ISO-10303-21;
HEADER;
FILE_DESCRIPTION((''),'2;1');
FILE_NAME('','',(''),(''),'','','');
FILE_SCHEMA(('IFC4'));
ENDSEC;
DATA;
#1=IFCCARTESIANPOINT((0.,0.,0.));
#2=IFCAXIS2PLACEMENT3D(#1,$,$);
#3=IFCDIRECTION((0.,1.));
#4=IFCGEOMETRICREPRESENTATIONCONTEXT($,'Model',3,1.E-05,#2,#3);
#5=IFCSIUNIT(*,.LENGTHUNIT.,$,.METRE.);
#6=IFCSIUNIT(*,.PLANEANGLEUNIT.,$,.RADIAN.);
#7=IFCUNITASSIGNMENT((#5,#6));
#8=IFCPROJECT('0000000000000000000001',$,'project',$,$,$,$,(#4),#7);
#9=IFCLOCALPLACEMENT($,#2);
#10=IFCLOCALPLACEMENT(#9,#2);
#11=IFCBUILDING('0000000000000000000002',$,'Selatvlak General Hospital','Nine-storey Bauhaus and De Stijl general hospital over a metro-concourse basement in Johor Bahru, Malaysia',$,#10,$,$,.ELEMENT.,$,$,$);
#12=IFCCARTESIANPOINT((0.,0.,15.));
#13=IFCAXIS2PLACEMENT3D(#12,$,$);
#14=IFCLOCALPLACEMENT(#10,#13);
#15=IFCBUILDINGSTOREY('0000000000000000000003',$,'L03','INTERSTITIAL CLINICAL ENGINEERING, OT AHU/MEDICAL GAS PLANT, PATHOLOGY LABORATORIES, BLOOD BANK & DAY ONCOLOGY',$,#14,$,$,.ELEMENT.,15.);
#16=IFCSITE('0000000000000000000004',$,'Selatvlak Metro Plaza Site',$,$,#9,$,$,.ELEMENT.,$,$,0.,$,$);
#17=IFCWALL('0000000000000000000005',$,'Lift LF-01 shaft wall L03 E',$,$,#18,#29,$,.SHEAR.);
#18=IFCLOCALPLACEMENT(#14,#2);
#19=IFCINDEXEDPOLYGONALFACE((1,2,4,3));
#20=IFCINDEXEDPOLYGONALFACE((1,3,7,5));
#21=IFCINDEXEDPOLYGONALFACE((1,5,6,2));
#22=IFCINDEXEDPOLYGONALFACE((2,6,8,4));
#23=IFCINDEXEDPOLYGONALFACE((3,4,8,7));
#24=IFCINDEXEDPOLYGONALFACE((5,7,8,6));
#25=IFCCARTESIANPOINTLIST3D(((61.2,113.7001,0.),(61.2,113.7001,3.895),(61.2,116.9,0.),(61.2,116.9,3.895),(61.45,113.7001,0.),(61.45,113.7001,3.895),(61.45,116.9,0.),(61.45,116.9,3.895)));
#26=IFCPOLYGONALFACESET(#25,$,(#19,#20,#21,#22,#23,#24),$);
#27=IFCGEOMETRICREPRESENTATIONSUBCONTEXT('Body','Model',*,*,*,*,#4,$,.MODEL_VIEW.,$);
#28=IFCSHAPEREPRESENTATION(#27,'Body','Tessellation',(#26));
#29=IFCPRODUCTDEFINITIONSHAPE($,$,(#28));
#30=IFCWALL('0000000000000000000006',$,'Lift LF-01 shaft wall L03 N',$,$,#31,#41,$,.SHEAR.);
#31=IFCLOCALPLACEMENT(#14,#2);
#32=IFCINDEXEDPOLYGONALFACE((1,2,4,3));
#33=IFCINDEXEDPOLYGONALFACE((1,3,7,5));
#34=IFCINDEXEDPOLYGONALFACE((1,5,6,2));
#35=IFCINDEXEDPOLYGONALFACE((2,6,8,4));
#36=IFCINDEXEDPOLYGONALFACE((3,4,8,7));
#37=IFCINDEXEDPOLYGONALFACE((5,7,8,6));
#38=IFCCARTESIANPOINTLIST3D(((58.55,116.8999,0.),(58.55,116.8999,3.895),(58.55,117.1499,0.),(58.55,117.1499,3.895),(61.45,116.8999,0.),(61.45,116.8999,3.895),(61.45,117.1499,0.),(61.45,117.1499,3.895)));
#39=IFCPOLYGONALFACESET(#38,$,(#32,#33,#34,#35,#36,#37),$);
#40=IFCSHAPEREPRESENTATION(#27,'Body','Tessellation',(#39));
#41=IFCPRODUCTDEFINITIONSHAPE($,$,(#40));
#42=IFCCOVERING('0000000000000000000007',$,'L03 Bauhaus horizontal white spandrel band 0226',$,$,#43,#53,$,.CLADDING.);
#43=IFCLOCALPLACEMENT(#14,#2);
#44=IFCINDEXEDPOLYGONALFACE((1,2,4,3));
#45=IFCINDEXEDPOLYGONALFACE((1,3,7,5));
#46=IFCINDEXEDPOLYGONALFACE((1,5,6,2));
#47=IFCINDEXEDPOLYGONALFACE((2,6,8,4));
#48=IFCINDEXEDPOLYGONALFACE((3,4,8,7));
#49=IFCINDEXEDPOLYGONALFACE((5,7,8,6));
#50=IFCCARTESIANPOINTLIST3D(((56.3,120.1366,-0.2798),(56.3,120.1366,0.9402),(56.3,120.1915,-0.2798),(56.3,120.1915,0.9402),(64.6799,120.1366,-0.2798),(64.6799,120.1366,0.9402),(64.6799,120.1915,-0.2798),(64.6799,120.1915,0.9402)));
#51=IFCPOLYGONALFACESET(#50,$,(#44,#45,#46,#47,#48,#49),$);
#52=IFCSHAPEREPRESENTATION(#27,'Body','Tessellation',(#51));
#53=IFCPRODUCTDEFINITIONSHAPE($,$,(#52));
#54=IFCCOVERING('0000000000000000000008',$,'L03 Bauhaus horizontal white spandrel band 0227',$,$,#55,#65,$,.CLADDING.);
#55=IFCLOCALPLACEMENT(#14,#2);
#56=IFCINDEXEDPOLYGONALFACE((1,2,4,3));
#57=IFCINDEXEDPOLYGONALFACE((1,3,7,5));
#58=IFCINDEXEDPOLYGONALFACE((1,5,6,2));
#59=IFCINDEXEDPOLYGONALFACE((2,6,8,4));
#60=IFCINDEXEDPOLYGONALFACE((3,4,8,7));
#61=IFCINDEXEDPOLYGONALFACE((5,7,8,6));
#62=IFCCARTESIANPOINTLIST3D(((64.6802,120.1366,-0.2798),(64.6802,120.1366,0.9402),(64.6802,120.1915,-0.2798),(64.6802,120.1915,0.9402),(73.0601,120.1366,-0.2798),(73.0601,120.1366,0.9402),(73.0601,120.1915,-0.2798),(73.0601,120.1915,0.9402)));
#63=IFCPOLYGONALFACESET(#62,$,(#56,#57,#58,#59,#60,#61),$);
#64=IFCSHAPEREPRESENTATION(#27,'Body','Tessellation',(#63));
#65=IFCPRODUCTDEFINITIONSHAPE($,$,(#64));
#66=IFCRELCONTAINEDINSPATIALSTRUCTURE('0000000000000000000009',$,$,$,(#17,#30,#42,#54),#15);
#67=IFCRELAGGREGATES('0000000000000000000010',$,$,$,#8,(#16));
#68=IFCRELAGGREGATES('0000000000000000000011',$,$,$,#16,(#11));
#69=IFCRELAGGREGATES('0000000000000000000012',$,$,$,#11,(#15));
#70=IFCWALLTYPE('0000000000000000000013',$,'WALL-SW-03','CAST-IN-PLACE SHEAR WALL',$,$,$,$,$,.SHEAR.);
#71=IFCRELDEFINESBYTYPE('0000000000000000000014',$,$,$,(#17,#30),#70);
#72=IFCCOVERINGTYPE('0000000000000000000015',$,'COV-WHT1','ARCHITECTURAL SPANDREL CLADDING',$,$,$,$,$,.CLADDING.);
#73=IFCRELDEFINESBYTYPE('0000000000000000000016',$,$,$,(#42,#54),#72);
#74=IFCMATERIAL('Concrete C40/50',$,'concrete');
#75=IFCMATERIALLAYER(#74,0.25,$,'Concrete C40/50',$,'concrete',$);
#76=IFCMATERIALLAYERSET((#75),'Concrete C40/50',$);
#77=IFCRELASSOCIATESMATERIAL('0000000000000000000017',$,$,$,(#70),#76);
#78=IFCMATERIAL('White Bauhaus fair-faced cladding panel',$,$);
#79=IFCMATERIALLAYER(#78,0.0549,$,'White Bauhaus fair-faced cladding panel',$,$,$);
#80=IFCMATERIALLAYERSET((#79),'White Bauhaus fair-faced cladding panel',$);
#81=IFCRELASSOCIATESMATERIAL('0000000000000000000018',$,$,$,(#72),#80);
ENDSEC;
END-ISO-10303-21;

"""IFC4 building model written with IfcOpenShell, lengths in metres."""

from ifc_helpers import new_model, si_unit, direction, frame, frame_2d, origin, origin_2d, place, context, subcontext, project, spatial, rectangle, extrude, material, layer, layer_set, type_object, element, save


model = new_model("IFC4")

# Units and contexts
model_context = context("Model", 3, precision=1e-05, world=origin(), true_north=direction((0.0, 1.0)))
body_context = subcontext(model_context, "Body", "Model", "MODEL_VIEW")
ifc_project = project(units=[si_unit("LENGTHUNIT", "METRE"), si_unit("PLANEANGLEUNIT", "RADIAN")], contexts=[model_context])

# Site, building, storey
site_placement = place(None, origin())
site = spatial("IfcSite", under=ifc_project, at=site_placement, Name="Selatvlak Metro Plaza Site", CompositionType="ELEMENT", RefElevation=0.0)
building_placement = place(site_placement, origin())
building = spatial("IfcBuilding", under=site, at=building_placement, Name="Selatvlak General Hospital", Description="Nine-storey Bauhaus and De Stijl general hospital over a metro-concourse basement in Johor Bahru, Malaysia", CompositionType="ELEMENT")
storey_placement = place(building_placement, frame((0.0, 0.0, 15.0)))
storey = spatial("IfcBuildingStorey", under=building, at=storey_placement, Name="L03", Description="INTERSTITIAL CLINICAL ENGINEERING, OT AHU/MEDICAL GAS PLANT, PATHOLOGY LABORATORIES, BLOOD BANK & DAY ONCOLOGY", CompositionType="ELEMENT", Elevation=15.0)

# Shared definitions
ifc_material_1 = material(Name="Concrete C40/50", Category="concrete")

# Walls
ifc_layer_1 = layer(ifc_material_1, 0.25, Name="Concrete C40/50", Category="concrete")
ifc_layer_set_1 = layer_set([ifc_layer_1], Name="Concrete C40/50")
wall_type_1 = type_object("IfcWallType", Name="WALL-SW-03", Description="CAST-IN-PLACE SHEAR WALL", PredefinedType="SHEAR", material=ifc_layer_set_1)
wall_1_placement = place(storey_placement, frame((61.325, 113.7, 0.0), z_axis=(0.0, 0.0, 1.0), x_axis=(0.0, 1.0, 0.0)))
element("IfcWall", 1, at=wall_1_placement, inside=storey, type_object=wall_type_1, Name="Lift LF-01 shaft wall L03 E", PredefinedType="SHEAR", context=body_context, shape_type="SweptSolid", body=[
    extrude(rectangle(XDim=3.2, YDim=0.25, at=frame_2d((1.6001, 0.0))), origin(), (0.0, 0.0, 1.0), 3.895),
])
wall_2_placement = place(storey_placement, frame((61.45, 117.0249, 0.0), z_axis=(0.0, 0.0, 1.0), x_axis=(-1.0, 0.0, 0.0)))
element("IfcWall", 2, at=wall_2_placement, inside=storey, type_object=wall_type_1, Name="Lift LF-01 shaft wall L03 N", PredefinedType="SHEAR", context=body_context, shape_type="SweptSolid", body=[
    extrude(rectangle(XDim=2.8999, YDim=0.25, at=frame_2d((1.45, 0.0))), origin(), (0.0, 0.0, 1.0), 3.895),
])

# Coverings
ifc_material_2 = material(Name="White Bauhaus fair-faced cladding panel")
ifc_layer_2 = layer(ifc_material_2, 0.0549, Name="White Bauhaus fair-faced cladding panel")
ifc_layer_set_2 = layer_set([ifc_layer_2], Name="White Bauhaus fair-faced cladding panel")
covering_type = type_object("IfcCoveringType", Name="COV-WHT1", Description="ARCHITECTURAL SPANDREL CLADDING", PredefinedType="CLADDING", material=ifc_layer_set_2)
for number, where, z_axis, x_axis, name in (
    (3, (60.49, 120.1641, -0.2798), (0.0, 0.0, 1.0), (1.0, 0.0, 0.0), "L03 Bauhaus horizontal white spandrel band 0226"),
    (4, (68.8701, 120.1641, -0.2798), (0.0, 0.0, 1.0), (1.0, 0.0, 0.0), "L03 Bauhaus horizontal white spandrel band 0227"),
):
    element("IfcCovering", number, at=place(storey_placement, frame(where, z_axis=z_axis, x_axis=x_axis)), inside=storey, type_object=covering_type, Name=name, PredefinedType="CLADDING", context=body_context, shape_type="SweptSolid", body=[
        extrude(rectangle(XDim=8.3799, YDim=0.0549, at=origin_2d()), origin(), (0.0, 0.0, 1.0), 1.22),
    ])

save(model, "model.ifc")
